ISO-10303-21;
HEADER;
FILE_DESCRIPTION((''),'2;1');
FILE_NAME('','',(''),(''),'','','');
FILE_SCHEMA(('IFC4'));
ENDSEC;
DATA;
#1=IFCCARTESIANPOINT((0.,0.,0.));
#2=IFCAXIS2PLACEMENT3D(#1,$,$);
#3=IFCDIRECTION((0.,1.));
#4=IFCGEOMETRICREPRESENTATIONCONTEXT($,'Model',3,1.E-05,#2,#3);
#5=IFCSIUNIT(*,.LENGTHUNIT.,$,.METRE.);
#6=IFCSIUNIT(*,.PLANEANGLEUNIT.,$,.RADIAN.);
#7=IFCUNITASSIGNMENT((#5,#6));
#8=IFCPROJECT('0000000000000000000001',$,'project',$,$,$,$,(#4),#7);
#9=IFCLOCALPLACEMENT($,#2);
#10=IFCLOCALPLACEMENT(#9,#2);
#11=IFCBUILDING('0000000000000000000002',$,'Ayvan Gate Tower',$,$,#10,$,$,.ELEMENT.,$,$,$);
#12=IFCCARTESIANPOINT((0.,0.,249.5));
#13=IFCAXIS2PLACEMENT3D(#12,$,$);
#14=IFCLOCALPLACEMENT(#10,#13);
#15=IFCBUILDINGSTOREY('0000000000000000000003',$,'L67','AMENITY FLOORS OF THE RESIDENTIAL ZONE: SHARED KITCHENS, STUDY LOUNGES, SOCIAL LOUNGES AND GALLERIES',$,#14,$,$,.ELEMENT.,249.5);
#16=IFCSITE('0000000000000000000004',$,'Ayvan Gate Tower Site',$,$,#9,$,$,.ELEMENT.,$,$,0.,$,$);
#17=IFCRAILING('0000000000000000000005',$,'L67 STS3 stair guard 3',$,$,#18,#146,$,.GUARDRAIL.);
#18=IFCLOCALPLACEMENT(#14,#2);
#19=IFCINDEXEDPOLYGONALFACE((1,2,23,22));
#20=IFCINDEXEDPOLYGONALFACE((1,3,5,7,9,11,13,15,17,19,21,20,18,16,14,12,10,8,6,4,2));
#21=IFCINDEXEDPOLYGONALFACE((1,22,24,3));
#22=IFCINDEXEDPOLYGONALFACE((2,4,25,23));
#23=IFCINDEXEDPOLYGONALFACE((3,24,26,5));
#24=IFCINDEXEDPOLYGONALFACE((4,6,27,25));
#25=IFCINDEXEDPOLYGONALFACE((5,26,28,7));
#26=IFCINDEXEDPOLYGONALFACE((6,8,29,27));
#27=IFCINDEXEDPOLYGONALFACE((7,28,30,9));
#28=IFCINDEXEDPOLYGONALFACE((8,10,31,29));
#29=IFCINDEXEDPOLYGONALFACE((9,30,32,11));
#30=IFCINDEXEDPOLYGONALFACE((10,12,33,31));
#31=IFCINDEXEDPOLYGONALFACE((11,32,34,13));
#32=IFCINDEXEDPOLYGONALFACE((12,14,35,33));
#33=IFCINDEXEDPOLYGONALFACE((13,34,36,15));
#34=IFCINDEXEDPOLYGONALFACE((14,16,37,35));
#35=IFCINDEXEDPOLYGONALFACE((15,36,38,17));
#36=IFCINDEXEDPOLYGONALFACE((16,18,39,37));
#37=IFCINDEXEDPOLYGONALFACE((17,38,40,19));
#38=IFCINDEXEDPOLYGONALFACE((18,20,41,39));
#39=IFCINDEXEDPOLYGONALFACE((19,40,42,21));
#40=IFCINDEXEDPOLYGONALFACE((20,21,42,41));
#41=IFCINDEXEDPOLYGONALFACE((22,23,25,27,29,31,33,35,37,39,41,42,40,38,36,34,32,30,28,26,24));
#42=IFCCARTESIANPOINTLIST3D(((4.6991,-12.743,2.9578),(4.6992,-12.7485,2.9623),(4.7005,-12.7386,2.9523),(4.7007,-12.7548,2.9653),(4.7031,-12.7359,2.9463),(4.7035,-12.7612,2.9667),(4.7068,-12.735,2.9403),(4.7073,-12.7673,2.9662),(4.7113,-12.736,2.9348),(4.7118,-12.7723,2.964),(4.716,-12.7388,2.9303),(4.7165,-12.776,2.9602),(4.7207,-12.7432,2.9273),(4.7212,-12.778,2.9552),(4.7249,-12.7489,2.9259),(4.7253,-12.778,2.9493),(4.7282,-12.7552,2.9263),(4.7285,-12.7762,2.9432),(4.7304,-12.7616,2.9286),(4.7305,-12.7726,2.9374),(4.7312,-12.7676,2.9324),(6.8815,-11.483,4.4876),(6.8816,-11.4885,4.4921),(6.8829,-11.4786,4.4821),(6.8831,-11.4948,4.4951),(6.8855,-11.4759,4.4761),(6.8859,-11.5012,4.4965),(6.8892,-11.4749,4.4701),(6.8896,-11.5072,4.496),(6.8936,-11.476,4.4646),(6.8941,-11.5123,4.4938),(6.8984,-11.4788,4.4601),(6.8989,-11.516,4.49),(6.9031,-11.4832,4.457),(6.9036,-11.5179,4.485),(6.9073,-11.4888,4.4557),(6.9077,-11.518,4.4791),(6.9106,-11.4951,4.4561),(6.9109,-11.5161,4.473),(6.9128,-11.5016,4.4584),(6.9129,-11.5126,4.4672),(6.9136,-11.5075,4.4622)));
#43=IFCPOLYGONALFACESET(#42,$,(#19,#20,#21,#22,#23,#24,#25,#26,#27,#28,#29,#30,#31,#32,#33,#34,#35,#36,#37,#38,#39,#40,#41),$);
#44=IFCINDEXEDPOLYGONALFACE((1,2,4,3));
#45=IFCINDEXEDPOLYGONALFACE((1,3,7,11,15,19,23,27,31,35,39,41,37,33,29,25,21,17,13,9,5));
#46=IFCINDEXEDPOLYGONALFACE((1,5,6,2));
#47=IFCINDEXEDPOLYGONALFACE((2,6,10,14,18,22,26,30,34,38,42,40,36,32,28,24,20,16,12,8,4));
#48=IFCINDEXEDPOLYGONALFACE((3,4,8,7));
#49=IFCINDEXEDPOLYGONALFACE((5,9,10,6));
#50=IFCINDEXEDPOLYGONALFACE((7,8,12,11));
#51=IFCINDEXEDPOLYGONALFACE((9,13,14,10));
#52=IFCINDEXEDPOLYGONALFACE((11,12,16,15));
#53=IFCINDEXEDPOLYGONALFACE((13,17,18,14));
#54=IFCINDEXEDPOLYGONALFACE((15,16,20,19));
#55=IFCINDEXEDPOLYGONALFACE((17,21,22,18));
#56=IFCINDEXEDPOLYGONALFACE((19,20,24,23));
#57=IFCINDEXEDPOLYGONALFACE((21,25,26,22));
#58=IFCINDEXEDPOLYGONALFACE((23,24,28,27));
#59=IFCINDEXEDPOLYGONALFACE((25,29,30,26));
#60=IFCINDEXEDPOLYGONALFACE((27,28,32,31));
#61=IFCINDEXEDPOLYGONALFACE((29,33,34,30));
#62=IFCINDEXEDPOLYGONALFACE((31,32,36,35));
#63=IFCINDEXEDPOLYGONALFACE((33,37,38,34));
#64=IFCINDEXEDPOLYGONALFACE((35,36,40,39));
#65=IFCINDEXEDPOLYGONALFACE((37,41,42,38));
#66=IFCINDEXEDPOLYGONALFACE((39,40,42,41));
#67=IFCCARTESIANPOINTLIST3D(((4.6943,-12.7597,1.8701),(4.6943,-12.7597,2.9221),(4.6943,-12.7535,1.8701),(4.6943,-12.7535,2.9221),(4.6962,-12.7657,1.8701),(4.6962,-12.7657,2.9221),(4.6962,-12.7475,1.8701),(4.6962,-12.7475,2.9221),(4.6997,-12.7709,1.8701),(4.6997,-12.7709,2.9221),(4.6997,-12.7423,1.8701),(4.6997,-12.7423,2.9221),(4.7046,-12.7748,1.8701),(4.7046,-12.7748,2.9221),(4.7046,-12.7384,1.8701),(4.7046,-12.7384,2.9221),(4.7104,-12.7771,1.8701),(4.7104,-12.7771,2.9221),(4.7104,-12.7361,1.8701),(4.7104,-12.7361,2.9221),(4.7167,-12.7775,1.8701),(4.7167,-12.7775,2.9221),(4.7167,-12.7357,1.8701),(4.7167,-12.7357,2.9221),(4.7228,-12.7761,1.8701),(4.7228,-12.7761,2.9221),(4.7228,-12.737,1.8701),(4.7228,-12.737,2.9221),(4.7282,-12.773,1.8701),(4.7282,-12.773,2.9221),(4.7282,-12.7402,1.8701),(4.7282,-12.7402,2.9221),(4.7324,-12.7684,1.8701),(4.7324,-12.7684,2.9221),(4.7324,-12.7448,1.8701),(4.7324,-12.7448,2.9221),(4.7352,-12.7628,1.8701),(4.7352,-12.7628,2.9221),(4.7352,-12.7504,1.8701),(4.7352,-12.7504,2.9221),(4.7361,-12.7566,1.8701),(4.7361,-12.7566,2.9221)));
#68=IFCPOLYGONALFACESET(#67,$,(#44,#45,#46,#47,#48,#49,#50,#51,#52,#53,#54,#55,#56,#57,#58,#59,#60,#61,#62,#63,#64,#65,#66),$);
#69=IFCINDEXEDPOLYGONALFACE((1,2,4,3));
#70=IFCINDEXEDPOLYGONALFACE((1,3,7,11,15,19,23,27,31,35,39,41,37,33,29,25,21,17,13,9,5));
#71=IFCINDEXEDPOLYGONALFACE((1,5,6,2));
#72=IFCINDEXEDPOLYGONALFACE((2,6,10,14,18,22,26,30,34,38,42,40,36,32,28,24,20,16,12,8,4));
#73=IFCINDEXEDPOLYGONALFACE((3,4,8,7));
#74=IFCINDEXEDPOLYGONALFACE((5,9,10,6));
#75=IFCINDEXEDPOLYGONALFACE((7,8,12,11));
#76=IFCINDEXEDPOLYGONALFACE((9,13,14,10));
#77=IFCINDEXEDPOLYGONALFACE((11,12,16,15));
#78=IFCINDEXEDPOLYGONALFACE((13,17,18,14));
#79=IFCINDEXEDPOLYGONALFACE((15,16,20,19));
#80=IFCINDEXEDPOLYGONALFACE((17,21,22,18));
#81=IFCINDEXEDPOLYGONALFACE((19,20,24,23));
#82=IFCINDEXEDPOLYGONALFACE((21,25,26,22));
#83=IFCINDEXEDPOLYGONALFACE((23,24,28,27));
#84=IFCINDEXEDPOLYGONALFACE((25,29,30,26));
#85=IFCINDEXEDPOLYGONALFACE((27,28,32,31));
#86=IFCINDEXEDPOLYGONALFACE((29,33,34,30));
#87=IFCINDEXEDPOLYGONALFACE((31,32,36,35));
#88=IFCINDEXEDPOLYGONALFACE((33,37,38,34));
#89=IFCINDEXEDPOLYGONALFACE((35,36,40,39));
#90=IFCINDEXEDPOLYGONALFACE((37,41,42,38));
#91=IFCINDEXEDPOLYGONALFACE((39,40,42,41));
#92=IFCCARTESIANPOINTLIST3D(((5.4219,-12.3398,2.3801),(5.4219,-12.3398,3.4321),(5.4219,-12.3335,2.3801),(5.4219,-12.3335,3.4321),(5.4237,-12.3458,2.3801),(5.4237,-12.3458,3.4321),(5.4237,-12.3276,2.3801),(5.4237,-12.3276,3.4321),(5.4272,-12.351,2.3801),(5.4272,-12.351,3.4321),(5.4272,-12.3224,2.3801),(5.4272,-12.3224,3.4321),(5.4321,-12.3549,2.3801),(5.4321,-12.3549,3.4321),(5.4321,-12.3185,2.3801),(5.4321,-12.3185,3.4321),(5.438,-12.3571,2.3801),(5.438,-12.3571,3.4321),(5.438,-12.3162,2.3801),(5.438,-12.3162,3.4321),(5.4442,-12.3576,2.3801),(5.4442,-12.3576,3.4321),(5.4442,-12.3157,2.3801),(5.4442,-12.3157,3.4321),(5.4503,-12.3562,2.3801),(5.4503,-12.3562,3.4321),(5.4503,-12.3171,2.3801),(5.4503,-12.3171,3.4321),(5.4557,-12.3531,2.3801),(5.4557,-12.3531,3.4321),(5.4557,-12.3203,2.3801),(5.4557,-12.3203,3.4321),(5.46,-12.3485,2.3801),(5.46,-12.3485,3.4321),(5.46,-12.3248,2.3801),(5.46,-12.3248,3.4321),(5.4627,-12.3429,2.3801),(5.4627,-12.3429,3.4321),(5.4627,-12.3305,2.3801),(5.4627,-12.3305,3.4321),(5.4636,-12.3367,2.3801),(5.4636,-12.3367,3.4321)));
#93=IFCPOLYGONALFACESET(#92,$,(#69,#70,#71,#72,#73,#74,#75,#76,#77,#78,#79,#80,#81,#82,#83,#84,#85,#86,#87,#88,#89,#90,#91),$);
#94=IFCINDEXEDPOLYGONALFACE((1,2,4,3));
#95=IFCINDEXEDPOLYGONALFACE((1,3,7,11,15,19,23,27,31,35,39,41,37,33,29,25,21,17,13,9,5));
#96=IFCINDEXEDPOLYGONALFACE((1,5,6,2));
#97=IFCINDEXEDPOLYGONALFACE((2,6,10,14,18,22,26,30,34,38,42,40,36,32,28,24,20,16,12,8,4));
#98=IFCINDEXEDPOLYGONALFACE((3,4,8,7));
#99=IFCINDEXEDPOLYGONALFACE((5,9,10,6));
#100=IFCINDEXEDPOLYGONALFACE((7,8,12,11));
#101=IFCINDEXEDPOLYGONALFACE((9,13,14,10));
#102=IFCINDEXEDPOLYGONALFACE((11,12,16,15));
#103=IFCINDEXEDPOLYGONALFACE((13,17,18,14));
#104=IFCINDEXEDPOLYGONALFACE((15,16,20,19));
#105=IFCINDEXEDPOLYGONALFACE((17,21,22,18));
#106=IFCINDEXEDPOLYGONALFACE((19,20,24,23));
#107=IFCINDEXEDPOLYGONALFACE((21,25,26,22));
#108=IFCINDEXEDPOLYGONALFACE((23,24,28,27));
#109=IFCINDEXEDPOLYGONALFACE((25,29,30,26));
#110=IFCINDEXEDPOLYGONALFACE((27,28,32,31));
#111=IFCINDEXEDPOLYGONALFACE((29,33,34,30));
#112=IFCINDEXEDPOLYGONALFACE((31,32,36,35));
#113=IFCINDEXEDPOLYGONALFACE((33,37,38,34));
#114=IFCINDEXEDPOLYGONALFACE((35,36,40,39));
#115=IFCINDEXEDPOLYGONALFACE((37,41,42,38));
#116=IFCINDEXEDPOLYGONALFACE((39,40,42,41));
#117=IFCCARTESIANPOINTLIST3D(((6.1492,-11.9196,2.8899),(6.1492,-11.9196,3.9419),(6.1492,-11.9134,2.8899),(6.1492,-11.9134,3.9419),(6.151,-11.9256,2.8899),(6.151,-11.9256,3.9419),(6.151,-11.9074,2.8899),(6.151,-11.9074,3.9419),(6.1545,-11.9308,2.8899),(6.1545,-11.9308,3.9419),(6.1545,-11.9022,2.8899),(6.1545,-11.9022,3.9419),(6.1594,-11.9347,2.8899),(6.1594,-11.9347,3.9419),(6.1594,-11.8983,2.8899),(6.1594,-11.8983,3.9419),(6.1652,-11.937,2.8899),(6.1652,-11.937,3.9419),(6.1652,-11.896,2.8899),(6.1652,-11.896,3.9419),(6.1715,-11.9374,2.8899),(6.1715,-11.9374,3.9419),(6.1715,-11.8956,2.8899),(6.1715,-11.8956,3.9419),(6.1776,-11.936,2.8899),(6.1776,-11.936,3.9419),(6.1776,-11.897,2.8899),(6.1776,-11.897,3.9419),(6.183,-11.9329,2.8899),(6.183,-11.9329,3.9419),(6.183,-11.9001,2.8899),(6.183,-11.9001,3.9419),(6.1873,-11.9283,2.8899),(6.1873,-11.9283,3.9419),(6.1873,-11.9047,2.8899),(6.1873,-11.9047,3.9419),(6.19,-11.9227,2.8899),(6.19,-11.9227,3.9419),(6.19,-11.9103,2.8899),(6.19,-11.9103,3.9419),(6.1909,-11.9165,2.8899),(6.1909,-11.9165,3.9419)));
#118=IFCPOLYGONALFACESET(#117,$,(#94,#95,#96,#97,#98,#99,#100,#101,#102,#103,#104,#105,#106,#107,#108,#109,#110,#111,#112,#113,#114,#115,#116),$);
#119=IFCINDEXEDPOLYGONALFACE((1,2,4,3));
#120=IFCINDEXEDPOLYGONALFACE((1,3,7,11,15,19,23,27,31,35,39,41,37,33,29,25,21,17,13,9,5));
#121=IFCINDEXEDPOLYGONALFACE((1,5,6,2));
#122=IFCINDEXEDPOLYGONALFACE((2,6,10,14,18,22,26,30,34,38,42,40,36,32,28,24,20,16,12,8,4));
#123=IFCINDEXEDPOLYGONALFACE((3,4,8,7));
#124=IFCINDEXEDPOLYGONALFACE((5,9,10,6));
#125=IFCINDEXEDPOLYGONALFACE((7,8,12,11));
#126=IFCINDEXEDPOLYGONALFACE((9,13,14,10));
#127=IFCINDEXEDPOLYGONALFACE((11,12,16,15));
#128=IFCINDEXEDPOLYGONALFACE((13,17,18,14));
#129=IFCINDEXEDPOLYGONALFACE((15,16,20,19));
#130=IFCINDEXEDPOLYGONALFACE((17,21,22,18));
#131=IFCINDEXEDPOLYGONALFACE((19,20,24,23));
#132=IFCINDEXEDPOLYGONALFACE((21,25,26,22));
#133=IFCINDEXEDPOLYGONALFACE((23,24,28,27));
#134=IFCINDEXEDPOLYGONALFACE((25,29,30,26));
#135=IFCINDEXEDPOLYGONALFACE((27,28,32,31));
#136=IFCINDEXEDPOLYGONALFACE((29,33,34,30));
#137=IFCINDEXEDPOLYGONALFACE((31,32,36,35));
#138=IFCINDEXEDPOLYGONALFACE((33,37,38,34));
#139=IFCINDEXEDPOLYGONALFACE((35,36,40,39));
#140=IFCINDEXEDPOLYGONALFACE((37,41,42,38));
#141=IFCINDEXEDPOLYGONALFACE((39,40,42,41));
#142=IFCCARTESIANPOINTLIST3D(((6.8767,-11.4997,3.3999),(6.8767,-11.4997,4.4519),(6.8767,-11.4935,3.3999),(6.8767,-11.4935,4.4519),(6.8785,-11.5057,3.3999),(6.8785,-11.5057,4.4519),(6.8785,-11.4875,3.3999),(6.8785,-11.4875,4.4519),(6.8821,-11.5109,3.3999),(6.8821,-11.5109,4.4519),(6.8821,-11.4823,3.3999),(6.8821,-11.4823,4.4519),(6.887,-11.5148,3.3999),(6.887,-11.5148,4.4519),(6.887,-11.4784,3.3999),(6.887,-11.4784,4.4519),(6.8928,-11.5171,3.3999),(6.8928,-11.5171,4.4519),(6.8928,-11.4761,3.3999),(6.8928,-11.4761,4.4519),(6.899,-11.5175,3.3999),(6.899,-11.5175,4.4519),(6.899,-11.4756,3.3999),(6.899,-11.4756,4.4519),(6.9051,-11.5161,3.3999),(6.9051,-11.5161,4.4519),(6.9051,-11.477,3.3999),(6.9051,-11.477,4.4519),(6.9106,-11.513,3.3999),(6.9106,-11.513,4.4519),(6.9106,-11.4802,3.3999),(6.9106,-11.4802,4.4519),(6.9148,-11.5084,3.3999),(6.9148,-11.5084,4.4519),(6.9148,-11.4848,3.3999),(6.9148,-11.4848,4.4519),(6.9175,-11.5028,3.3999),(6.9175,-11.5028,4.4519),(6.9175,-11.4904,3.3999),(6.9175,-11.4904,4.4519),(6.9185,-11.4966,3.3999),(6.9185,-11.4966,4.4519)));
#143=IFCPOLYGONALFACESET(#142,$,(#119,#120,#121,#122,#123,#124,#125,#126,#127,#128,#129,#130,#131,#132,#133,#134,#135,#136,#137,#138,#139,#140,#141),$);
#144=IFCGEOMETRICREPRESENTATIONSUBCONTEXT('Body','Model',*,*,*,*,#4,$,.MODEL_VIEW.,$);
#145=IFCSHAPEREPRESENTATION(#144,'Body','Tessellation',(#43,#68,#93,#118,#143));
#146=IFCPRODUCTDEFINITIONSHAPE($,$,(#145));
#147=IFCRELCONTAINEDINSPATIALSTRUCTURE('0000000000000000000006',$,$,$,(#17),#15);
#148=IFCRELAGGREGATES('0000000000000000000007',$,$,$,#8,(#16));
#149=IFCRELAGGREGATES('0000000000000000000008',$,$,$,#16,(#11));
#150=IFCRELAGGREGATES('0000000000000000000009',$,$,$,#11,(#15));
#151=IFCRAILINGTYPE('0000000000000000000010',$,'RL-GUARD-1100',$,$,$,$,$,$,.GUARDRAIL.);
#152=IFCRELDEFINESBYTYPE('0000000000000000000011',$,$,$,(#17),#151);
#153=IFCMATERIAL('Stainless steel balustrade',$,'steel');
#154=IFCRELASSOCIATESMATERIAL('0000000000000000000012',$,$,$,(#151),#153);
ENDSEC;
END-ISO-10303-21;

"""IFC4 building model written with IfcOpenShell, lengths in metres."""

from ifc_helpers import new_model, si_unit, direction, frame, origin, origin_2d, place, context, subcontext, project, spatial, circle, extrude, material, type_object, element, save


model = new_model("IFC4")

# Units and contexts
model_context = context("Model", 3, precision=1e-05, world=origin(), true_north=direction((0.0, 1.0)))
body_context = subcontext(model_context, "Body", "Model", "MODEL_VIEW")
ifc_project = project(units=[si_unit("LENGTHUNIT", "METRE"), si_unit("PLANEANGLEUNIT", "RADIAN")], contexts=[model_context])

# Site, building, storey
site_placement = place(None, origin())
site = spatial("IfcSite", under=ifc_project, at=site_placement, Name="Ayvan Gate Tower Site", CompositionType="ELEMENT", RefElevation=0.0)
building_placement = place(site_placement, origin())
building = spatial("IfcBuilding", under=site, at=building_placement, Name="Ayvan Gate Tower", CompositionType="ELEMENT")
storey_placement = place(building_placement, frame((0.0, 0.0, 249.5)))
storey = spatial("IfcBuildingStorey", under=building, at=storey_placement, Name="L67", Description="AMENITY FLOORS OF THE RESIDENTIAL ZONE: SHARED KITCHENS, STUDY LOUNGES, SOCIAL LOUNGES AND GALLERIES", CompositionType="ELEMENT", Elevation=249.5)

# Railing
ifc_material_1 = material(Name="Stainless steel balustrade", Category="steel")
railing_type_1 = type_object("IfcRailingType", Name="RL-GUARD-1100", PredefinedType="GUARDRAIL", material=ifc_material_1)
railing_1_placement = place(storey_placement, frame((4.7151, -12.7566, 1.8701)))
element("IfcRailing", 1, at=railing_1_placement, inside=storey, type_object=railing_type_1, Name="L67 STS3 stair guard 3", PredefinedType="GUARDRAIL", context=body_context, shape_type="SweptSolid", body=[
    extrude(circle(Radius=0.0239, at=origin_2d()), frame((0.0, 0.0, 1.0762), z_axis=(0.740293, 0.427414, 0.518926), x_axis=(-0.500005, 0.866023, 0.0)), (0.0, 0.0, 1.0), 2.948),
    extrude(circle(Radius=0.021, at=origin_2d()), origin(), (0.0, 0.0, 1.0), 1.052),
    extrude(circle(Radius=0.021, at=origin_2d()), frame((0.7275, 0.4199, 0.51)), (0.0, 0.0, 1.0), 1.052),
    extrude(circle(Radius=0.021, at=origin_2d()), frame((1.4548, 0.8401, 1.0198)), (0.0, 0.0, 1.0), 1.052),
    extrude(circle(Radius=0.021, at=origin_2d()), frame((2.1824, 1.26, 1.5298)), (0.0, 0.0, 1.0), 1.052),
])

save(model, "model.ifc")
